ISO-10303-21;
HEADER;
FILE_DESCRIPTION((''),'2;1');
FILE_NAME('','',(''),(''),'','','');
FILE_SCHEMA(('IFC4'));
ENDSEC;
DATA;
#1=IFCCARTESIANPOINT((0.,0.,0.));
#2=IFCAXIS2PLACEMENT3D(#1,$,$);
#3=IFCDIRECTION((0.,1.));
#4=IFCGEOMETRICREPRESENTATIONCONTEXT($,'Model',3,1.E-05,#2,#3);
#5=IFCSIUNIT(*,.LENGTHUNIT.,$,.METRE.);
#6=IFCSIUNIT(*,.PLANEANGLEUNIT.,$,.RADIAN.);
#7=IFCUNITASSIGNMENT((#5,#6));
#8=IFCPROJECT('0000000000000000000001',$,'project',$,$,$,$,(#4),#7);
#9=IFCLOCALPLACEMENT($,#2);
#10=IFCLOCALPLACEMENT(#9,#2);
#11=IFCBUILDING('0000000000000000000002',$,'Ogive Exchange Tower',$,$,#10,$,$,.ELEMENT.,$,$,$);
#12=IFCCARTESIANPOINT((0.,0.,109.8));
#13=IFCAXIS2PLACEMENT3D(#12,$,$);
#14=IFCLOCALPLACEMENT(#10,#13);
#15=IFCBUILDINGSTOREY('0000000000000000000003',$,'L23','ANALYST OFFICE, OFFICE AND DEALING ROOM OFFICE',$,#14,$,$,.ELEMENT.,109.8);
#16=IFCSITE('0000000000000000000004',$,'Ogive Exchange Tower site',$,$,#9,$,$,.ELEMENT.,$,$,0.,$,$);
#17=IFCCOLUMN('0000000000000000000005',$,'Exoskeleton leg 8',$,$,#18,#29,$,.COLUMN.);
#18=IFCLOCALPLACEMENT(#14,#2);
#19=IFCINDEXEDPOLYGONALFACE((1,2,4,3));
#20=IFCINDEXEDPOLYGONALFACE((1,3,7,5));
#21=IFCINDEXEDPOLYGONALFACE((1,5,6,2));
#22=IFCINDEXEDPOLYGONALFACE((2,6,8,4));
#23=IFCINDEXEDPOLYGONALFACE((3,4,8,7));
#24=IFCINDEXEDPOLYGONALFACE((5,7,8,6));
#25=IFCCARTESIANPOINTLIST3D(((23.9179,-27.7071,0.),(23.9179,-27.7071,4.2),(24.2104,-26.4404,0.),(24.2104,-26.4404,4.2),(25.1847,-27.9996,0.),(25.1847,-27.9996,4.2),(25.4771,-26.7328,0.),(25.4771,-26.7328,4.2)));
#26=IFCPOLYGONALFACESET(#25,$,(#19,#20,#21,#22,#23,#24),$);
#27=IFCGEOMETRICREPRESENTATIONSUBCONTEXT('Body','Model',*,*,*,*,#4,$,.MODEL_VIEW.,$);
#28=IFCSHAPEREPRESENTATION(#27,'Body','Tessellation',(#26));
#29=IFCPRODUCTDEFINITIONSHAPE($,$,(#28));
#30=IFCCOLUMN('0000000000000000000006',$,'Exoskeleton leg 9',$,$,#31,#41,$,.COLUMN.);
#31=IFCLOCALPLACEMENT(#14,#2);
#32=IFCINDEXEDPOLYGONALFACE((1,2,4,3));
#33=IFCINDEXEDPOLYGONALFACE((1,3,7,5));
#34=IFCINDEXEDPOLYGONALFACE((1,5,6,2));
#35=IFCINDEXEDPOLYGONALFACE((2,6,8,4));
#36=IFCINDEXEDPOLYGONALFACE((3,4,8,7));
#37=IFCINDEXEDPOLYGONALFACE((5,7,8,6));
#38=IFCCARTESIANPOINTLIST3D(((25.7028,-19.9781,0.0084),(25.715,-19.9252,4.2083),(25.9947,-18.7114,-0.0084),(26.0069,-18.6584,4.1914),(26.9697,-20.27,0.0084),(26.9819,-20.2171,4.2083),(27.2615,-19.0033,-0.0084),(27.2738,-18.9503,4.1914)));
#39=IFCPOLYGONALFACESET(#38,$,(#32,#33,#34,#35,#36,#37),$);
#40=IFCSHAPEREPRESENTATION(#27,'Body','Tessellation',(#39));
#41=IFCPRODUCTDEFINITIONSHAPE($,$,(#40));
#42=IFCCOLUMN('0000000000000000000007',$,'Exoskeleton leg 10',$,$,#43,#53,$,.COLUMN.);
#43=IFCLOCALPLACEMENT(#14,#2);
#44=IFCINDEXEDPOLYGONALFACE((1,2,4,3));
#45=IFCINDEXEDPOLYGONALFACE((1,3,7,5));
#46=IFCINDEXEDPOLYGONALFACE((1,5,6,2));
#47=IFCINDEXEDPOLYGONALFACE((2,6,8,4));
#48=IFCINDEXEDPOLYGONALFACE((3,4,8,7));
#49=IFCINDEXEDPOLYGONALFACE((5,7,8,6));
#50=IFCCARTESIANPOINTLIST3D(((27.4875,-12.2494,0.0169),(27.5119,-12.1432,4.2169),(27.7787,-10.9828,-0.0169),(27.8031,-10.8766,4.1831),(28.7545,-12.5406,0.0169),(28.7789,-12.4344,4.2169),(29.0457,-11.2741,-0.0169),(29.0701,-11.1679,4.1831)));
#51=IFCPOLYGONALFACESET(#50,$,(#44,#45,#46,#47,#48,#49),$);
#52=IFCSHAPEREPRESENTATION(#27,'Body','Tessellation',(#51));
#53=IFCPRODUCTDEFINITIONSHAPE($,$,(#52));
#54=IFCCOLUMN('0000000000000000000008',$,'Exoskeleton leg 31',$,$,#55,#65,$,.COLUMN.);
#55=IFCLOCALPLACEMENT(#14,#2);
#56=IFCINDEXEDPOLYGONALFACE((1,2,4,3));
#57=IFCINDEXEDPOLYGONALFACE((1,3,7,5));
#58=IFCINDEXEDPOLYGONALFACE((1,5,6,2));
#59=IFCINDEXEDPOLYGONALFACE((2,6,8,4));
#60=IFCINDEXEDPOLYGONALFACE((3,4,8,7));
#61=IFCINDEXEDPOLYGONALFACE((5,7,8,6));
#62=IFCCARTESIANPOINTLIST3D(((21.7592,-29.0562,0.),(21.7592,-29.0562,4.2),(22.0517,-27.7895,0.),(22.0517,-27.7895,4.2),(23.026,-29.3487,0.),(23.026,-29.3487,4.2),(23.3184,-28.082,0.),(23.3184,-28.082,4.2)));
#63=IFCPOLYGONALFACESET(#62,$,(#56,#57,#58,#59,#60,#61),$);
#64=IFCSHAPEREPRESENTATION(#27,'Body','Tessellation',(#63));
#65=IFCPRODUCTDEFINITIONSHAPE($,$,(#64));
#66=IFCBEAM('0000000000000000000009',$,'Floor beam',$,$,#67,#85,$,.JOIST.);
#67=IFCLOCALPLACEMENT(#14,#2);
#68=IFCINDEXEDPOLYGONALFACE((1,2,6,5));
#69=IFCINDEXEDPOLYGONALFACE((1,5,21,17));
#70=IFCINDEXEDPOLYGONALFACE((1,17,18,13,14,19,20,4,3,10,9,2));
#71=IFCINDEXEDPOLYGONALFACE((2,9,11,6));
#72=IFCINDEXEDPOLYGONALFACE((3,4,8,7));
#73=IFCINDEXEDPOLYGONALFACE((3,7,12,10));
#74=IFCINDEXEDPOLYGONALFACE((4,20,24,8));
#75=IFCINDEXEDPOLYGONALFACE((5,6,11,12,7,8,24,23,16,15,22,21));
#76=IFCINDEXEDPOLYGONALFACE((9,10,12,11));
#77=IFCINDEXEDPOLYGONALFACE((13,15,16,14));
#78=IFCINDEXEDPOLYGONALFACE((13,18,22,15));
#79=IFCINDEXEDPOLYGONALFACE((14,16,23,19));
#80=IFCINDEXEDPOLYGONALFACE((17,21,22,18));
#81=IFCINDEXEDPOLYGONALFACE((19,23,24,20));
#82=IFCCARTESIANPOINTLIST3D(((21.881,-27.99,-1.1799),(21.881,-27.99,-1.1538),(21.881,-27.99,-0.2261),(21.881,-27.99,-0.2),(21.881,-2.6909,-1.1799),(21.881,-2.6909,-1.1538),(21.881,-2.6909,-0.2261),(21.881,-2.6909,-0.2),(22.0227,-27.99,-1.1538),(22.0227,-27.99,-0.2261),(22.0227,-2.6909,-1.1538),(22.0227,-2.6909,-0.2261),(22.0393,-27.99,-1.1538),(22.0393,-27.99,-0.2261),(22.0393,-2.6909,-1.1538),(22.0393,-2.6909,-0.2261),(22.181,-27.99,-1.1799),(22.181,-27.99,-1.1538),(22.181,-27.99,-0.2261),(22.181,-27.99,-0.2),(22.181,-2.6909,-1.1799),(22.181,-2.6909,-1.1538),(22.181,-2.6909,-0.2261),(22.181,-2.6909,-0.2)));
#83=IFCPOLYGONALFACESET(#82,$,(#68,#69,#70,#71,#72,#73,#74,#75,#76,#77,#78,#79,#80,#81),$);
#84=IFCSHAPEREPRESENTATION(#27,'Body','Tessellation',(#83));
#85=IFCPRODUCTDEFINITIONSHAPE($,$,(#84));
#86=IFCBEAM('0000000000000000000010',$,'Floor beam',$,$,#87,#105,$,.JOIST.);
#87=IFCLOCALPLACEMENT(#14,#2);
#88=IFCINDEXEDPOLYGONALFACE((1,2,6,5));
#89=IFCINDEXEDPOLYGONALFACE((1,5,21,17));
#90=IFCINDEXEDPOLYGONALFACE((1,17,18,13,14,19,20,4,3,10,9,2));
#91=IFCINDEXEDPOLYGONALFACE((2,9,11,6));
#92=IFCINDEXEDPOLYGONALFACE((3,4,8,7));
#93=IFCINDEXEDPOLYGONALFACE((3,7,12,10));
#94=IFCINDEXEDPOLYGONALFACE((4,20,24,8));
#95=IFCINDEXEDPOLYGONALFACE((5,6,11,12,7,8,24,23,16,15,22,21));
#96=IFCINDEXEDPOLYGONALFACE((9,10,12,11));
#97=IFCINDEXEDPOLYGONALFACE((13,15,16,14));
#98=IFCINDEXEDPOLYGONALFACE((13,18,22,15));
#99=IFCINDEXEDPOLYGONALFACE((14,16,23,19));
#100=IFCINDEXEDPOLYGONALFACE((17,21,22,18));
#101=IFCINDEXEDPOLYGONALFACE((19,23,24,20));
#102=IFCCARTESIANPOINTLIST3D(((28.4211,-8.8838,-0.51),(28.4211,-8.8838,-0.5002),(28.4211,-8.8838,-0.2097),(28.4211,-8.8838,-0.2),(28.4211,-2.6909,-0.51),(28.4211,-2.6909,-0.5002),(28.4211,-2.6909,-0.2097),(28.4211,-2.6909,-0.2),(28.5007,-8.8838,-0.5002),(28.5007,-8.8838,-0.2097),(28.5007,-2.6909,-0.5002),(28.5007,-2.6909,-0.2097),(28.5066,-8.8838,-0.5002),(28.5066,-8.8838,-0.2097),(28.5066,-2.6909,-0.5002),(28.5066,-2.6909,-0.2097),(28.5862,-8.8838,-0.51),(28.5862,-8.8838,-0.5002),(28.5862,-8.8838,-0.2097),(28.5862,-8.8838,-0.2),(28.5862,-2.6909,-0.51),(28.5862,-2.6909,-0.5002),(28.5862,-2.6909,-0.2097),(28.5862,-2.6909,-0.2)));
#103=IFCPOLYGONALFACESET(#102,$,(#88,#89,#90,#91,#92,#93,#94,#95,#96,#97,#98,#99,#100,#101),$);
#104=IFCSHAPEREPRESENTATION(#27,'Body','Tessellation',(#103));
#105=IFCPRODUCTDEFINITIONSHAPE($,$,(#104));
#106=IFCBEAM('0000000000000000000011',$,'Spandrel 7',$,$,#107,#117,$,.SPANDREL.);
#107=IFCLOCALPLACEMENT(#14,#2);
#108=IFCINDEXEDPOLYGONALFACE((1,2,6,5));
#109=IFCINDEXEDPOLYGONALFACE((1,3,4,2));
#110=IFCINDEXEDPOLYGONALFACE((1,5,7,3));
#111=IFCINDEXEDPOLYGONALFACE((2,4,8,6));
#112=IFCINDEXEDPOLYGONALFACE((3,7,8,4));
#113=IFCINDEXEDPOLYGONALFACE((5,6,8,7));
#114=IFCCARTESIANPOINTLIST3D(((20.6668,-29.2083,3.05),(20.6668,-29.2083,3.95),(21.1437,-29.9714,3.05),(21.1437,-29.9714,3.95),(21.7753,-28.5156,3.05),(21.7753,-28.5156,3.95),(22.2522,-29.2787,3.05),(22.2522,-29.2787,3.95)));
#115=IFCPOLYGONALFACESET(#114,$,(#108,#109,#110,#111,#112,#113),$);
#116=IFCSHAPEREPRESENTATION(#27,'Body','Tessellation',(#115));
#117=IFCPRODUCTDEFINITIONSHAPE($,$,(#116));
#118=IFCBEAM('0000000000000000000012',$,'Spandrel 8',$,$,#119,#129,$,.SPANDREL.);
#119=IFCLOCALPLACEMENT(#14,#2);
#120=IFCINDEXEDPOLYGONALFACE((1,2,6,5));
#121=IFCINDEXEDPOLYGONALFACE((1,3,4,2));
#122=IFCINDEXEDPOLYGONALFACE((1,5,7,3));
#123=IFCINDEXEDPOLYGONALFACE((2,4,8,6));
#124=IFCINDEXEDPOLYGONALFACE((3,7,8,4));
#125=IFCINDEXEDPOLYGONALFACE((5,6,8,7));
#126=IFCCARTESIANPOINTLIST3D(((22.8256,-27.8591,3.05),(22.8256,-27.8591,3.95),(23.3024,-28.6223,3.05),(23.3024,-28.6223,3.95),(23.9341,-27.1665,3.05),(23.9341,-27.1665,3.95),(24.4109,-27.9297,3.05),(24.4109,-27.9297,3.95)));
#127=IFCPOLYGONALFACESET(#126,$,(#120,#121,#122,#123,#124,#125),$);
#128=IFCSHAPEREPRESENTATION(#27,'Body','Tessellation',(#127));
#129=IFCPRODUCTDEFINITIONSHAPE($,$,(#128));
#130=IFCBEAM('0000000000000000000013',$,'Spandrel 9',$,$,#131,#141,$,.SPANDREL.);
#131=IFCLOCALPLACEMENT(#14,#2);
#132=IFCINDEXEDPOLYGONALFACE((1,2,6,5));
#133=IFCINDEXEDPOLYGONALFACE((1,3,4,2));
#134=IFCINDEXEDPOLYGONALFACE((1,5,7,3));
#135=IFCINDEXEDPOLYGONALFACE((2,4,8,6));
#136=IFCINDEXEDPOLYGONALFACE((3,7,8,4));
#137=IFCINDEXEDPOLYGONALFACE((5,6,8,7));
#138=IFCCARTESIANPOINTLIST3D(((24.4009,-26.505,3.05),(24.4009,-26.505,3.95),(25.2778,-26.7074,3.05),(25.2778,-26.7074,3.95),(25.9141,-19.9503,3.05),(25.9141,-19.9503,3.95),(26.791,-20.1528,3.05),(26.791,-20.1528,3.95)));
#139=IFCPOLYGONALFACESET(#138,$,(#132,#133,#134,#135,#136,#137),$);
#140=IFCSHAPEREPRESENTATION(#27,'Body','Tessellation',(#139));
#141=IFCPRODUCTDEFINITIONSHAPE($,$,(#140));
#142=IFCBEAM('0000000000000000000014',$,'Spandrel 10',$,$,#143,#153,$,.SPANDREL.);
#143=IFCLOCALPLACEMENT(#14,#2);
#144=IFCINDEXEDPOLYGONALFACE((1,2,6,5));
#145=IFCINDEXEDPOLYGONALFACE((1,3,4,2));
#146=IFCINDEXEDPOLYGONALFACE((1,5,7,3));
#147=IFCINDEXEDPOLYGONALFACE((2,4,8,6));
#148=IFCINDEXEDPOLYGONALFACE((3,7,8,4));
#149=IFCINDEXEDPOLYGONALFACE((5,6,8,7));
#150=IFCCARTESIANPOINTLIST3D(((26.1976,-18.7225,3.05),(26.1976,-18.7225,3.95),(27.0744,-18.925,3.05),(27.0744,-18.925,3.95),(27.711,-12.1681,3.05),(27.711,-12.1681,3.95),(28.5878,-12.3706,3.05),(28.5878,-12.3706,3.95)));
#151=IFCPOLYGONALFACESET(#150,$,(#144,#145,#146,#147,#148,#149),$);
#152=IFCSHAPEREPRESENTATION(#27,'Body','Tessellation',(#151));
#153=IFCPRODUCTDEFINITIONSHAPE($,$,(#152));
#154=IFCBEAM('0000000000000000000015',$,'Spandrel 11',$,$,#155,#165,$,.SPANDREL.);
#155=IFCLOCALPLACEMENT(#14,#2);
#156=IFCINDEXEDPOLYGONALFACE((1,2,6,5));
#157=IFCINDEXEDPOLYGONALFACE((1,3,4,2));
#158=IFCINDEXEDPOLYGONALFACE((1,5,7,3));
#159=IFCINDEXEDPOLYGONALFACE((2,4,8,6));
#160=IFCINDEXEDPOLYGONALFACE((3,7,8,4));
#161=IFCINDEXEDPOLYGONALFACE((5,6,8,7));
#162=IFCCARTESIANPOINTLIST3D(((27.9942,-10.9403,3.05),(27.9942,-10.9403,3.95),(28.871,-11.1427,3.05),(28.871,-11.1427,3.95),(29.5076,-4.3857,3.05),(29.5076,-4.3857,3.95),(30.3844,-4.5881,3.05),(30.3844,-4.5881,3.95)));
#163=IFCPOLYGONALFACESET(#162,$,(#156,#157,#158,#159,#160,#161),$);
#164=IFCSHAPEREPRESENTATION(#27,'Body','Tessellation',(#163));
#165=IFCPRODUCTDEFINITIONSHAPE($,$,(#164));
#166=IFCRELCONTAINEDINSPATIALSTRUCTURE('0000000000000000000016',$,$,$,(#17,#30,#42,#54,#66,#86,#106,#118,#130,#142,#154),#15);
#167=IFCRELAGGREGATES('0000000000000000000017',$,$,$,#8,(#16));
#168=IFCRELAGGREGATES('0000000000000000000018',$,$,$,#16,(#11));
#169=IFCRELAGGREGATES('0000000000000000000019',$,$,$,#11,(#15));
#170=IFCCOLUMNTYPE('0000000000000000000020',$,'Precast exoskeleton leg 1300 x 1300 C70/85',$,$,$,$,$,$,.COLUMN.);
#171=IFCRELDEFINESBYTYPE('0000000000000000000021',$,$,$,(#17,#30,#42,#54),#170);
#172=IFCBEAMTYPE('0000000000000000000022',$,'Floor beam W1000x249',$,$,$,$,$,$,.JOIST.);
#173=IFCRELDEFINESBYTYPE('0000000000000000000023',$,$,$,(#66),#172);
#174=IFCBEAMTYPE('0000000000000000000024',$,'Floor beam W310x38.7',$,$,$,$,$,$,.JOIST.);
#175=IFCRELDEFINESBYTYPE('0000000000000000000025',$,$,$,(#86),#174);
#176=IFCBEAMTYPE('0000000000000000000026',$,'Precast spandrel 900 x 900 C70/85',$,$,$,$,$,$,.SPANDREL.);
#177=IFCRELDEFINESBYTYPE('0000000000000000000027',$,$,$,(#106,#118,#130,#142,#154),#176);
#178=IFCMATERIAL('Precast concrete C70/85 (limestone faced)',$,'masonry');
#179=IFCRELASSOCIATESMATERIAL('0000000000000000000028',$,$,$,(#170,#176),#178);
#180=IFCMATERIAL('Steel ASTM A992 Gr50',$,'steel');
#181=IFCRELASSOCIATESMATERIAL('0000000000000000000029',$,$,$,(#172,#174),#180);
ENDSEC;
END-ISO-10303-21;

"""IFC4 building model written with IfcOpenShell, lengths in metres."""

from ifc_helpers import new_model, si_unit, direction, frame, origin, origin_2d, place, context, subcontext, project, spatial, rectangle, i_section, extrude, material, material_profile, profile_set, type_object, element, save


model = new_model("IFC4")

# Units and contexts
model_context = context("Model", 3, precision=1e-05, world=origin(), true_north=direction((0.0, 1.0)))
body_context = subcontext(model_context, "Body", "Model", "MODEL_VIEW")
ifc_project = project(units=[si_unit("LENGTHUNIT", "METRE"), si_unit("PLANEANGLEUNIT", "RADIAN")], contexts=[model_context])

# Site, building, storey
site_placement = place(None, origin())
site = spatial("IfcSite", under=ifc_project, at=site_placement, Name="Ogive Exchange Tower site", CompositionType="ELEMENT", RefElevation=0.0)
building_placement = place(site_placement, origin())
building = spatial("IfcBuilding", under=site, at=building_placement, Name="Ogive Exchange Tower", CompositionType="ELEMENT")
storey_placement = place(building_placement, frame((0.0, 0.0, 109.8)))
storey = spatial("IfcBuildingStorey", under=building, at=storey_placement, Name="L23", Description="ANALYST OFFICE, OFFICE AND DEALING ROOM OFFICE", CompositionType="ELEMENT", Elevation=109.8)

# Columns
ifc_material_1 = material(Name="Precast concrete C70/85 (limestone faced)", Category="masonry")
ifc_material_profile_1 = material_profile(ifc_material_1, rectangle(XDim=1.3, YDim=1.3, at=origin_2d()), Name="1300 x 1300")
ifc_profile_set_1 = profile_set([ifc_material_profile_1], Name="Precast concrete C70/85 (limestone faced)")
column_type = type_object("IfcColumnType", Name="Precast exoskeleton leg 1300 x 1300 C70/85", PredefinedType="COLUMN", material=ifc_profile_set_1)
column_1_placement = place(storey_placement, frame((24.6975, -27.22, 0.0), z_axis=(0.0, 0.0, 1.0), x_axis=(0.97437, -0.224951, 0.0)))
element("IfcColumn", 1, at=column_1_placement, inside=storey, type_object=column_type, Name="Exoskeleton leg 8", PredefinedType="COLUMN", context=body_context, shape_type="SweptSolid", body=[
    extrude(rectangle(XDim=1.3, YDim=1.3, at=origin_2d()), origin(), (0.0, 0.0, 1.0), 4.2),
])
column_2_placement = place(storey_placement, frame((26.4822, -19.4907, 0.0), z_axis=(0.002906, 0.012613, 0.999916), x_axis=(-0.974467, 0.224532, 0.0)))
element("IfcColumn", 2, at=column_2_placement, inside=storey, type_object=column_type, Name="Exoskeleton leg 9", PredefinedType="COLUMN", context=body_context, shape_type="SweptSolid", body=[
    extrude(rectangle(XDim=1.3, YDim=1.3, at=origin_2d()), origin(), (0.0, 0.0, 1.0), 4.2002),
])
column_3_placement = place(storey_placement, frame((28.2666, -11.7617, 0.0), z_axis=(0.005811, 0.025278, 0.999664), x_axis=(-0.97458, 0.224041, 0.0)))
element("IfcColumn", 3, at=column_3_placement, inside=storey, type_object=column_type, Name="Exoskeleton leg 10", PredefinedType="COLUMN", context=body_context, shape_type="SweptSolid", body=[
    extrude(rectangle(XDim=1.3, YDim=1.3, at=origin_2d()), origin(), (0.0, 0.0, 1.0), 4.2014),
])
column_4_placement = place(storey_placement, frame((22.5388, -28.5691, 0.0), z_axis=(0.0, 0.0, 1.0), x_axis=(0.97437, -0.224951, 0.0)))
element("IfcColumn", 4, at=column_4_placement, inside=storey, type_object=column_type, Name="Exoskeleton leg 31", PredefinedType="COLUMN", context=body_context, shape_type="SweptSolid", body=[
    extrude(rectangle(XDim=1.3, YDim=1.3, at=origin_2d()), origin(), (0.0, 0.0, 1.0), 4.2),
])

# Beams
ifc_material_2 = material(Name="Steel ASTM A992 Gr50", Category="steel")
ifc_material_profile_2 = material_profile(ifc_material_2, i_section(OverallWidth=0.3, OverallDepth=0.98, WebThickness=0.0166, FlangeThickness=0.0261, at=origin_2d()), Name="W1000x249")
ifc_profile_set_2 = profile_set([ifc_material_profile_2], Name="Steel ASTM A992 Gr50")
beam_type_1 = type_object("IfcBeamType", Name="Floor beam W1000x249", PredefinedType="JOIST", material=ifc_profile_set_2)
beam_1_placement = place(storey_placement, frame((22.031, -27.99, -0.6899), z_axis=(0.0, 1.0, 0.0), x_axis=(-1.0, 0.0, 0.0)))
element("IfcBeam", 5, at=beam_1_placement, inside=storey, type_object=beam_type_1, Name="Floor beam", PredefinedType="JOIST", context=body_context, shape_type="SweptSolid", body=[
    extrude(i_section(OverallWidth=0.3, OverallDepth=0.98, WebThickness=0.0166, FlangeThickness=0.0261, at=origin_2d()), origin(), (0.0, 0.0, 1.0), 25.2991),
])
ifc_material_profile_3 = material_profile(ifc_material_2, i_section(OverallWidth=0.165, OverallDepth=0.3101, WebThickness=0.0059, FlangeThickness=0.0098, at=origin_2d()), Name="W310x38.7")
ifc_profile_set_3 = profile_set([ifc_material_profile_3], Name="Steel ASTM A992 Gr50")
beam_type_2 = type_object("IfcBeamType", Name="Floor beam W310x38.7", PredefinedType="JOIST", material=ifc_profile_set_3)
beam_2_placement = place(storey_placement, frame((28.5037, -8.8838, -0.355), z_axis=(0.0, 1.0, 0.0), x_axis=(-1.0, 0.0, 0.0)))
element("IfcBeam", 6, at=beam_2_placement, inside=storey, type_object=beam_type_2, Name="Floor beam", PredefinedType="JOIST", context=body_context, shape_type="SweptSolid", body=[
    extrude(i_section(OverallWidth=0.165, OverallDepth=0.3101, WebThickness=0.0059, FlangeThickness=0.0098, at=origin_2d()), origin(), (0.0, 0.0, 1.0), 6.1929),
])
ifc_material_profile_4 = material_profile(ifc_material_1, rectangle(XDim=0.8999, YDim=0.8999, at=origin_2d()), Name="900 x 900")
ifc_profile_set_4 = profile_set([ifc_material_profile_4], Name="Precast concrete C70/85 (limestone faced)")
beam_type_3 = type_object("IfcBeamType", Name="Precast spandrel 900 x 900 C70/85", PredefinedType="SPANDREL", material=ifc_profile_set_4)
for number, where, z_axis, x_axis, name in (
    (7, (20.9053, -29.5898, 3.5), (0.84804, 0.529932, 0.0), (-0.529932, 0.84804, 0.0), "Spandrel 7"),
    (8, (23.064, -28.2407, 3.5), (0.848093, 0.529848, 0.0), (-0.529848, 0.848093, 0.0), "Spandrel 8"),
):
    element("IfcBeam", number, at=place(storey_placement, frame(where, z_axis=z_axis, x_axis=x_axis)), inside=storey, type_object=beam_type_3, Name=name, PredefinedType="SPANDREL", context=body_context, shape_type="SweptSolid", body=[
        extrude(rectangle(XDim=0.8999, YDim=0.8999, at=origin_2d()), origin(), (0.0, 0.0, 1.0), 1.3071),
    ])
beam_3_placement = place(storey_placement, frame((24.8394, -26.6062, 3.5), z_axis=(0.224939, 0.974373, 0.0), x_axis=(-0.974373, 0.224939, 0.0)))
element("IfcBeam", 9, at=beam_3_placement, inside=storey, type_object=beam_type_3, Name="Spandrel 9", PredefinedType="SPANDREL", context=body_context, shape_type="SweptSolid", body=[
    extrude(rectangle(XDim=0.8999, YDim=0.8999, at=origin_2d()), origin(), (0.0, 0.0, 1.0), 6.7271),
])
beam_4_placement = place(storey_placement, frame((26.636, -18.8237, 3.5), z_axis=(0.224981, 0.974363, 0.0), x_axis=(-0.974363, 0.224981, 0.0)))
element("IfcBeam", 10, at=beam_4_placement, inside=storey, type_object=beam_type_3, Name="Spandrel 10", PredefinedType="SPANDREL", context=body_context, shape_type="SweptSolid", body=[
    extrude(rectangle(XDim=0.8999, YDim=0.8999, at=origin_2d()), origin(), (0.0, 0.0, 1.0), 6.7268),
])
beam_5_placement = place(storey_placement, frame((28.4326, -11.0415, 3.5), z_axis=(0.224973, 0.974365, 0.0), x_axis=(-0.974365, 0.224973, 0.0)))
element("IfcBeam", 11, at=beam_5_placement, inside=storey, type_object=beam_type_3, Name="Spandrel 11", PredefinedType="SPANDREL", context=body_context, shape_type="SweptSolid", body=[
    extrude(rectangle(XDim=0.8999, YDim=0.8999, at=origin_2d()), origin(), (0.0, 0.0, 1.0), 6.7271),
])

save(model, "model.ifc")
